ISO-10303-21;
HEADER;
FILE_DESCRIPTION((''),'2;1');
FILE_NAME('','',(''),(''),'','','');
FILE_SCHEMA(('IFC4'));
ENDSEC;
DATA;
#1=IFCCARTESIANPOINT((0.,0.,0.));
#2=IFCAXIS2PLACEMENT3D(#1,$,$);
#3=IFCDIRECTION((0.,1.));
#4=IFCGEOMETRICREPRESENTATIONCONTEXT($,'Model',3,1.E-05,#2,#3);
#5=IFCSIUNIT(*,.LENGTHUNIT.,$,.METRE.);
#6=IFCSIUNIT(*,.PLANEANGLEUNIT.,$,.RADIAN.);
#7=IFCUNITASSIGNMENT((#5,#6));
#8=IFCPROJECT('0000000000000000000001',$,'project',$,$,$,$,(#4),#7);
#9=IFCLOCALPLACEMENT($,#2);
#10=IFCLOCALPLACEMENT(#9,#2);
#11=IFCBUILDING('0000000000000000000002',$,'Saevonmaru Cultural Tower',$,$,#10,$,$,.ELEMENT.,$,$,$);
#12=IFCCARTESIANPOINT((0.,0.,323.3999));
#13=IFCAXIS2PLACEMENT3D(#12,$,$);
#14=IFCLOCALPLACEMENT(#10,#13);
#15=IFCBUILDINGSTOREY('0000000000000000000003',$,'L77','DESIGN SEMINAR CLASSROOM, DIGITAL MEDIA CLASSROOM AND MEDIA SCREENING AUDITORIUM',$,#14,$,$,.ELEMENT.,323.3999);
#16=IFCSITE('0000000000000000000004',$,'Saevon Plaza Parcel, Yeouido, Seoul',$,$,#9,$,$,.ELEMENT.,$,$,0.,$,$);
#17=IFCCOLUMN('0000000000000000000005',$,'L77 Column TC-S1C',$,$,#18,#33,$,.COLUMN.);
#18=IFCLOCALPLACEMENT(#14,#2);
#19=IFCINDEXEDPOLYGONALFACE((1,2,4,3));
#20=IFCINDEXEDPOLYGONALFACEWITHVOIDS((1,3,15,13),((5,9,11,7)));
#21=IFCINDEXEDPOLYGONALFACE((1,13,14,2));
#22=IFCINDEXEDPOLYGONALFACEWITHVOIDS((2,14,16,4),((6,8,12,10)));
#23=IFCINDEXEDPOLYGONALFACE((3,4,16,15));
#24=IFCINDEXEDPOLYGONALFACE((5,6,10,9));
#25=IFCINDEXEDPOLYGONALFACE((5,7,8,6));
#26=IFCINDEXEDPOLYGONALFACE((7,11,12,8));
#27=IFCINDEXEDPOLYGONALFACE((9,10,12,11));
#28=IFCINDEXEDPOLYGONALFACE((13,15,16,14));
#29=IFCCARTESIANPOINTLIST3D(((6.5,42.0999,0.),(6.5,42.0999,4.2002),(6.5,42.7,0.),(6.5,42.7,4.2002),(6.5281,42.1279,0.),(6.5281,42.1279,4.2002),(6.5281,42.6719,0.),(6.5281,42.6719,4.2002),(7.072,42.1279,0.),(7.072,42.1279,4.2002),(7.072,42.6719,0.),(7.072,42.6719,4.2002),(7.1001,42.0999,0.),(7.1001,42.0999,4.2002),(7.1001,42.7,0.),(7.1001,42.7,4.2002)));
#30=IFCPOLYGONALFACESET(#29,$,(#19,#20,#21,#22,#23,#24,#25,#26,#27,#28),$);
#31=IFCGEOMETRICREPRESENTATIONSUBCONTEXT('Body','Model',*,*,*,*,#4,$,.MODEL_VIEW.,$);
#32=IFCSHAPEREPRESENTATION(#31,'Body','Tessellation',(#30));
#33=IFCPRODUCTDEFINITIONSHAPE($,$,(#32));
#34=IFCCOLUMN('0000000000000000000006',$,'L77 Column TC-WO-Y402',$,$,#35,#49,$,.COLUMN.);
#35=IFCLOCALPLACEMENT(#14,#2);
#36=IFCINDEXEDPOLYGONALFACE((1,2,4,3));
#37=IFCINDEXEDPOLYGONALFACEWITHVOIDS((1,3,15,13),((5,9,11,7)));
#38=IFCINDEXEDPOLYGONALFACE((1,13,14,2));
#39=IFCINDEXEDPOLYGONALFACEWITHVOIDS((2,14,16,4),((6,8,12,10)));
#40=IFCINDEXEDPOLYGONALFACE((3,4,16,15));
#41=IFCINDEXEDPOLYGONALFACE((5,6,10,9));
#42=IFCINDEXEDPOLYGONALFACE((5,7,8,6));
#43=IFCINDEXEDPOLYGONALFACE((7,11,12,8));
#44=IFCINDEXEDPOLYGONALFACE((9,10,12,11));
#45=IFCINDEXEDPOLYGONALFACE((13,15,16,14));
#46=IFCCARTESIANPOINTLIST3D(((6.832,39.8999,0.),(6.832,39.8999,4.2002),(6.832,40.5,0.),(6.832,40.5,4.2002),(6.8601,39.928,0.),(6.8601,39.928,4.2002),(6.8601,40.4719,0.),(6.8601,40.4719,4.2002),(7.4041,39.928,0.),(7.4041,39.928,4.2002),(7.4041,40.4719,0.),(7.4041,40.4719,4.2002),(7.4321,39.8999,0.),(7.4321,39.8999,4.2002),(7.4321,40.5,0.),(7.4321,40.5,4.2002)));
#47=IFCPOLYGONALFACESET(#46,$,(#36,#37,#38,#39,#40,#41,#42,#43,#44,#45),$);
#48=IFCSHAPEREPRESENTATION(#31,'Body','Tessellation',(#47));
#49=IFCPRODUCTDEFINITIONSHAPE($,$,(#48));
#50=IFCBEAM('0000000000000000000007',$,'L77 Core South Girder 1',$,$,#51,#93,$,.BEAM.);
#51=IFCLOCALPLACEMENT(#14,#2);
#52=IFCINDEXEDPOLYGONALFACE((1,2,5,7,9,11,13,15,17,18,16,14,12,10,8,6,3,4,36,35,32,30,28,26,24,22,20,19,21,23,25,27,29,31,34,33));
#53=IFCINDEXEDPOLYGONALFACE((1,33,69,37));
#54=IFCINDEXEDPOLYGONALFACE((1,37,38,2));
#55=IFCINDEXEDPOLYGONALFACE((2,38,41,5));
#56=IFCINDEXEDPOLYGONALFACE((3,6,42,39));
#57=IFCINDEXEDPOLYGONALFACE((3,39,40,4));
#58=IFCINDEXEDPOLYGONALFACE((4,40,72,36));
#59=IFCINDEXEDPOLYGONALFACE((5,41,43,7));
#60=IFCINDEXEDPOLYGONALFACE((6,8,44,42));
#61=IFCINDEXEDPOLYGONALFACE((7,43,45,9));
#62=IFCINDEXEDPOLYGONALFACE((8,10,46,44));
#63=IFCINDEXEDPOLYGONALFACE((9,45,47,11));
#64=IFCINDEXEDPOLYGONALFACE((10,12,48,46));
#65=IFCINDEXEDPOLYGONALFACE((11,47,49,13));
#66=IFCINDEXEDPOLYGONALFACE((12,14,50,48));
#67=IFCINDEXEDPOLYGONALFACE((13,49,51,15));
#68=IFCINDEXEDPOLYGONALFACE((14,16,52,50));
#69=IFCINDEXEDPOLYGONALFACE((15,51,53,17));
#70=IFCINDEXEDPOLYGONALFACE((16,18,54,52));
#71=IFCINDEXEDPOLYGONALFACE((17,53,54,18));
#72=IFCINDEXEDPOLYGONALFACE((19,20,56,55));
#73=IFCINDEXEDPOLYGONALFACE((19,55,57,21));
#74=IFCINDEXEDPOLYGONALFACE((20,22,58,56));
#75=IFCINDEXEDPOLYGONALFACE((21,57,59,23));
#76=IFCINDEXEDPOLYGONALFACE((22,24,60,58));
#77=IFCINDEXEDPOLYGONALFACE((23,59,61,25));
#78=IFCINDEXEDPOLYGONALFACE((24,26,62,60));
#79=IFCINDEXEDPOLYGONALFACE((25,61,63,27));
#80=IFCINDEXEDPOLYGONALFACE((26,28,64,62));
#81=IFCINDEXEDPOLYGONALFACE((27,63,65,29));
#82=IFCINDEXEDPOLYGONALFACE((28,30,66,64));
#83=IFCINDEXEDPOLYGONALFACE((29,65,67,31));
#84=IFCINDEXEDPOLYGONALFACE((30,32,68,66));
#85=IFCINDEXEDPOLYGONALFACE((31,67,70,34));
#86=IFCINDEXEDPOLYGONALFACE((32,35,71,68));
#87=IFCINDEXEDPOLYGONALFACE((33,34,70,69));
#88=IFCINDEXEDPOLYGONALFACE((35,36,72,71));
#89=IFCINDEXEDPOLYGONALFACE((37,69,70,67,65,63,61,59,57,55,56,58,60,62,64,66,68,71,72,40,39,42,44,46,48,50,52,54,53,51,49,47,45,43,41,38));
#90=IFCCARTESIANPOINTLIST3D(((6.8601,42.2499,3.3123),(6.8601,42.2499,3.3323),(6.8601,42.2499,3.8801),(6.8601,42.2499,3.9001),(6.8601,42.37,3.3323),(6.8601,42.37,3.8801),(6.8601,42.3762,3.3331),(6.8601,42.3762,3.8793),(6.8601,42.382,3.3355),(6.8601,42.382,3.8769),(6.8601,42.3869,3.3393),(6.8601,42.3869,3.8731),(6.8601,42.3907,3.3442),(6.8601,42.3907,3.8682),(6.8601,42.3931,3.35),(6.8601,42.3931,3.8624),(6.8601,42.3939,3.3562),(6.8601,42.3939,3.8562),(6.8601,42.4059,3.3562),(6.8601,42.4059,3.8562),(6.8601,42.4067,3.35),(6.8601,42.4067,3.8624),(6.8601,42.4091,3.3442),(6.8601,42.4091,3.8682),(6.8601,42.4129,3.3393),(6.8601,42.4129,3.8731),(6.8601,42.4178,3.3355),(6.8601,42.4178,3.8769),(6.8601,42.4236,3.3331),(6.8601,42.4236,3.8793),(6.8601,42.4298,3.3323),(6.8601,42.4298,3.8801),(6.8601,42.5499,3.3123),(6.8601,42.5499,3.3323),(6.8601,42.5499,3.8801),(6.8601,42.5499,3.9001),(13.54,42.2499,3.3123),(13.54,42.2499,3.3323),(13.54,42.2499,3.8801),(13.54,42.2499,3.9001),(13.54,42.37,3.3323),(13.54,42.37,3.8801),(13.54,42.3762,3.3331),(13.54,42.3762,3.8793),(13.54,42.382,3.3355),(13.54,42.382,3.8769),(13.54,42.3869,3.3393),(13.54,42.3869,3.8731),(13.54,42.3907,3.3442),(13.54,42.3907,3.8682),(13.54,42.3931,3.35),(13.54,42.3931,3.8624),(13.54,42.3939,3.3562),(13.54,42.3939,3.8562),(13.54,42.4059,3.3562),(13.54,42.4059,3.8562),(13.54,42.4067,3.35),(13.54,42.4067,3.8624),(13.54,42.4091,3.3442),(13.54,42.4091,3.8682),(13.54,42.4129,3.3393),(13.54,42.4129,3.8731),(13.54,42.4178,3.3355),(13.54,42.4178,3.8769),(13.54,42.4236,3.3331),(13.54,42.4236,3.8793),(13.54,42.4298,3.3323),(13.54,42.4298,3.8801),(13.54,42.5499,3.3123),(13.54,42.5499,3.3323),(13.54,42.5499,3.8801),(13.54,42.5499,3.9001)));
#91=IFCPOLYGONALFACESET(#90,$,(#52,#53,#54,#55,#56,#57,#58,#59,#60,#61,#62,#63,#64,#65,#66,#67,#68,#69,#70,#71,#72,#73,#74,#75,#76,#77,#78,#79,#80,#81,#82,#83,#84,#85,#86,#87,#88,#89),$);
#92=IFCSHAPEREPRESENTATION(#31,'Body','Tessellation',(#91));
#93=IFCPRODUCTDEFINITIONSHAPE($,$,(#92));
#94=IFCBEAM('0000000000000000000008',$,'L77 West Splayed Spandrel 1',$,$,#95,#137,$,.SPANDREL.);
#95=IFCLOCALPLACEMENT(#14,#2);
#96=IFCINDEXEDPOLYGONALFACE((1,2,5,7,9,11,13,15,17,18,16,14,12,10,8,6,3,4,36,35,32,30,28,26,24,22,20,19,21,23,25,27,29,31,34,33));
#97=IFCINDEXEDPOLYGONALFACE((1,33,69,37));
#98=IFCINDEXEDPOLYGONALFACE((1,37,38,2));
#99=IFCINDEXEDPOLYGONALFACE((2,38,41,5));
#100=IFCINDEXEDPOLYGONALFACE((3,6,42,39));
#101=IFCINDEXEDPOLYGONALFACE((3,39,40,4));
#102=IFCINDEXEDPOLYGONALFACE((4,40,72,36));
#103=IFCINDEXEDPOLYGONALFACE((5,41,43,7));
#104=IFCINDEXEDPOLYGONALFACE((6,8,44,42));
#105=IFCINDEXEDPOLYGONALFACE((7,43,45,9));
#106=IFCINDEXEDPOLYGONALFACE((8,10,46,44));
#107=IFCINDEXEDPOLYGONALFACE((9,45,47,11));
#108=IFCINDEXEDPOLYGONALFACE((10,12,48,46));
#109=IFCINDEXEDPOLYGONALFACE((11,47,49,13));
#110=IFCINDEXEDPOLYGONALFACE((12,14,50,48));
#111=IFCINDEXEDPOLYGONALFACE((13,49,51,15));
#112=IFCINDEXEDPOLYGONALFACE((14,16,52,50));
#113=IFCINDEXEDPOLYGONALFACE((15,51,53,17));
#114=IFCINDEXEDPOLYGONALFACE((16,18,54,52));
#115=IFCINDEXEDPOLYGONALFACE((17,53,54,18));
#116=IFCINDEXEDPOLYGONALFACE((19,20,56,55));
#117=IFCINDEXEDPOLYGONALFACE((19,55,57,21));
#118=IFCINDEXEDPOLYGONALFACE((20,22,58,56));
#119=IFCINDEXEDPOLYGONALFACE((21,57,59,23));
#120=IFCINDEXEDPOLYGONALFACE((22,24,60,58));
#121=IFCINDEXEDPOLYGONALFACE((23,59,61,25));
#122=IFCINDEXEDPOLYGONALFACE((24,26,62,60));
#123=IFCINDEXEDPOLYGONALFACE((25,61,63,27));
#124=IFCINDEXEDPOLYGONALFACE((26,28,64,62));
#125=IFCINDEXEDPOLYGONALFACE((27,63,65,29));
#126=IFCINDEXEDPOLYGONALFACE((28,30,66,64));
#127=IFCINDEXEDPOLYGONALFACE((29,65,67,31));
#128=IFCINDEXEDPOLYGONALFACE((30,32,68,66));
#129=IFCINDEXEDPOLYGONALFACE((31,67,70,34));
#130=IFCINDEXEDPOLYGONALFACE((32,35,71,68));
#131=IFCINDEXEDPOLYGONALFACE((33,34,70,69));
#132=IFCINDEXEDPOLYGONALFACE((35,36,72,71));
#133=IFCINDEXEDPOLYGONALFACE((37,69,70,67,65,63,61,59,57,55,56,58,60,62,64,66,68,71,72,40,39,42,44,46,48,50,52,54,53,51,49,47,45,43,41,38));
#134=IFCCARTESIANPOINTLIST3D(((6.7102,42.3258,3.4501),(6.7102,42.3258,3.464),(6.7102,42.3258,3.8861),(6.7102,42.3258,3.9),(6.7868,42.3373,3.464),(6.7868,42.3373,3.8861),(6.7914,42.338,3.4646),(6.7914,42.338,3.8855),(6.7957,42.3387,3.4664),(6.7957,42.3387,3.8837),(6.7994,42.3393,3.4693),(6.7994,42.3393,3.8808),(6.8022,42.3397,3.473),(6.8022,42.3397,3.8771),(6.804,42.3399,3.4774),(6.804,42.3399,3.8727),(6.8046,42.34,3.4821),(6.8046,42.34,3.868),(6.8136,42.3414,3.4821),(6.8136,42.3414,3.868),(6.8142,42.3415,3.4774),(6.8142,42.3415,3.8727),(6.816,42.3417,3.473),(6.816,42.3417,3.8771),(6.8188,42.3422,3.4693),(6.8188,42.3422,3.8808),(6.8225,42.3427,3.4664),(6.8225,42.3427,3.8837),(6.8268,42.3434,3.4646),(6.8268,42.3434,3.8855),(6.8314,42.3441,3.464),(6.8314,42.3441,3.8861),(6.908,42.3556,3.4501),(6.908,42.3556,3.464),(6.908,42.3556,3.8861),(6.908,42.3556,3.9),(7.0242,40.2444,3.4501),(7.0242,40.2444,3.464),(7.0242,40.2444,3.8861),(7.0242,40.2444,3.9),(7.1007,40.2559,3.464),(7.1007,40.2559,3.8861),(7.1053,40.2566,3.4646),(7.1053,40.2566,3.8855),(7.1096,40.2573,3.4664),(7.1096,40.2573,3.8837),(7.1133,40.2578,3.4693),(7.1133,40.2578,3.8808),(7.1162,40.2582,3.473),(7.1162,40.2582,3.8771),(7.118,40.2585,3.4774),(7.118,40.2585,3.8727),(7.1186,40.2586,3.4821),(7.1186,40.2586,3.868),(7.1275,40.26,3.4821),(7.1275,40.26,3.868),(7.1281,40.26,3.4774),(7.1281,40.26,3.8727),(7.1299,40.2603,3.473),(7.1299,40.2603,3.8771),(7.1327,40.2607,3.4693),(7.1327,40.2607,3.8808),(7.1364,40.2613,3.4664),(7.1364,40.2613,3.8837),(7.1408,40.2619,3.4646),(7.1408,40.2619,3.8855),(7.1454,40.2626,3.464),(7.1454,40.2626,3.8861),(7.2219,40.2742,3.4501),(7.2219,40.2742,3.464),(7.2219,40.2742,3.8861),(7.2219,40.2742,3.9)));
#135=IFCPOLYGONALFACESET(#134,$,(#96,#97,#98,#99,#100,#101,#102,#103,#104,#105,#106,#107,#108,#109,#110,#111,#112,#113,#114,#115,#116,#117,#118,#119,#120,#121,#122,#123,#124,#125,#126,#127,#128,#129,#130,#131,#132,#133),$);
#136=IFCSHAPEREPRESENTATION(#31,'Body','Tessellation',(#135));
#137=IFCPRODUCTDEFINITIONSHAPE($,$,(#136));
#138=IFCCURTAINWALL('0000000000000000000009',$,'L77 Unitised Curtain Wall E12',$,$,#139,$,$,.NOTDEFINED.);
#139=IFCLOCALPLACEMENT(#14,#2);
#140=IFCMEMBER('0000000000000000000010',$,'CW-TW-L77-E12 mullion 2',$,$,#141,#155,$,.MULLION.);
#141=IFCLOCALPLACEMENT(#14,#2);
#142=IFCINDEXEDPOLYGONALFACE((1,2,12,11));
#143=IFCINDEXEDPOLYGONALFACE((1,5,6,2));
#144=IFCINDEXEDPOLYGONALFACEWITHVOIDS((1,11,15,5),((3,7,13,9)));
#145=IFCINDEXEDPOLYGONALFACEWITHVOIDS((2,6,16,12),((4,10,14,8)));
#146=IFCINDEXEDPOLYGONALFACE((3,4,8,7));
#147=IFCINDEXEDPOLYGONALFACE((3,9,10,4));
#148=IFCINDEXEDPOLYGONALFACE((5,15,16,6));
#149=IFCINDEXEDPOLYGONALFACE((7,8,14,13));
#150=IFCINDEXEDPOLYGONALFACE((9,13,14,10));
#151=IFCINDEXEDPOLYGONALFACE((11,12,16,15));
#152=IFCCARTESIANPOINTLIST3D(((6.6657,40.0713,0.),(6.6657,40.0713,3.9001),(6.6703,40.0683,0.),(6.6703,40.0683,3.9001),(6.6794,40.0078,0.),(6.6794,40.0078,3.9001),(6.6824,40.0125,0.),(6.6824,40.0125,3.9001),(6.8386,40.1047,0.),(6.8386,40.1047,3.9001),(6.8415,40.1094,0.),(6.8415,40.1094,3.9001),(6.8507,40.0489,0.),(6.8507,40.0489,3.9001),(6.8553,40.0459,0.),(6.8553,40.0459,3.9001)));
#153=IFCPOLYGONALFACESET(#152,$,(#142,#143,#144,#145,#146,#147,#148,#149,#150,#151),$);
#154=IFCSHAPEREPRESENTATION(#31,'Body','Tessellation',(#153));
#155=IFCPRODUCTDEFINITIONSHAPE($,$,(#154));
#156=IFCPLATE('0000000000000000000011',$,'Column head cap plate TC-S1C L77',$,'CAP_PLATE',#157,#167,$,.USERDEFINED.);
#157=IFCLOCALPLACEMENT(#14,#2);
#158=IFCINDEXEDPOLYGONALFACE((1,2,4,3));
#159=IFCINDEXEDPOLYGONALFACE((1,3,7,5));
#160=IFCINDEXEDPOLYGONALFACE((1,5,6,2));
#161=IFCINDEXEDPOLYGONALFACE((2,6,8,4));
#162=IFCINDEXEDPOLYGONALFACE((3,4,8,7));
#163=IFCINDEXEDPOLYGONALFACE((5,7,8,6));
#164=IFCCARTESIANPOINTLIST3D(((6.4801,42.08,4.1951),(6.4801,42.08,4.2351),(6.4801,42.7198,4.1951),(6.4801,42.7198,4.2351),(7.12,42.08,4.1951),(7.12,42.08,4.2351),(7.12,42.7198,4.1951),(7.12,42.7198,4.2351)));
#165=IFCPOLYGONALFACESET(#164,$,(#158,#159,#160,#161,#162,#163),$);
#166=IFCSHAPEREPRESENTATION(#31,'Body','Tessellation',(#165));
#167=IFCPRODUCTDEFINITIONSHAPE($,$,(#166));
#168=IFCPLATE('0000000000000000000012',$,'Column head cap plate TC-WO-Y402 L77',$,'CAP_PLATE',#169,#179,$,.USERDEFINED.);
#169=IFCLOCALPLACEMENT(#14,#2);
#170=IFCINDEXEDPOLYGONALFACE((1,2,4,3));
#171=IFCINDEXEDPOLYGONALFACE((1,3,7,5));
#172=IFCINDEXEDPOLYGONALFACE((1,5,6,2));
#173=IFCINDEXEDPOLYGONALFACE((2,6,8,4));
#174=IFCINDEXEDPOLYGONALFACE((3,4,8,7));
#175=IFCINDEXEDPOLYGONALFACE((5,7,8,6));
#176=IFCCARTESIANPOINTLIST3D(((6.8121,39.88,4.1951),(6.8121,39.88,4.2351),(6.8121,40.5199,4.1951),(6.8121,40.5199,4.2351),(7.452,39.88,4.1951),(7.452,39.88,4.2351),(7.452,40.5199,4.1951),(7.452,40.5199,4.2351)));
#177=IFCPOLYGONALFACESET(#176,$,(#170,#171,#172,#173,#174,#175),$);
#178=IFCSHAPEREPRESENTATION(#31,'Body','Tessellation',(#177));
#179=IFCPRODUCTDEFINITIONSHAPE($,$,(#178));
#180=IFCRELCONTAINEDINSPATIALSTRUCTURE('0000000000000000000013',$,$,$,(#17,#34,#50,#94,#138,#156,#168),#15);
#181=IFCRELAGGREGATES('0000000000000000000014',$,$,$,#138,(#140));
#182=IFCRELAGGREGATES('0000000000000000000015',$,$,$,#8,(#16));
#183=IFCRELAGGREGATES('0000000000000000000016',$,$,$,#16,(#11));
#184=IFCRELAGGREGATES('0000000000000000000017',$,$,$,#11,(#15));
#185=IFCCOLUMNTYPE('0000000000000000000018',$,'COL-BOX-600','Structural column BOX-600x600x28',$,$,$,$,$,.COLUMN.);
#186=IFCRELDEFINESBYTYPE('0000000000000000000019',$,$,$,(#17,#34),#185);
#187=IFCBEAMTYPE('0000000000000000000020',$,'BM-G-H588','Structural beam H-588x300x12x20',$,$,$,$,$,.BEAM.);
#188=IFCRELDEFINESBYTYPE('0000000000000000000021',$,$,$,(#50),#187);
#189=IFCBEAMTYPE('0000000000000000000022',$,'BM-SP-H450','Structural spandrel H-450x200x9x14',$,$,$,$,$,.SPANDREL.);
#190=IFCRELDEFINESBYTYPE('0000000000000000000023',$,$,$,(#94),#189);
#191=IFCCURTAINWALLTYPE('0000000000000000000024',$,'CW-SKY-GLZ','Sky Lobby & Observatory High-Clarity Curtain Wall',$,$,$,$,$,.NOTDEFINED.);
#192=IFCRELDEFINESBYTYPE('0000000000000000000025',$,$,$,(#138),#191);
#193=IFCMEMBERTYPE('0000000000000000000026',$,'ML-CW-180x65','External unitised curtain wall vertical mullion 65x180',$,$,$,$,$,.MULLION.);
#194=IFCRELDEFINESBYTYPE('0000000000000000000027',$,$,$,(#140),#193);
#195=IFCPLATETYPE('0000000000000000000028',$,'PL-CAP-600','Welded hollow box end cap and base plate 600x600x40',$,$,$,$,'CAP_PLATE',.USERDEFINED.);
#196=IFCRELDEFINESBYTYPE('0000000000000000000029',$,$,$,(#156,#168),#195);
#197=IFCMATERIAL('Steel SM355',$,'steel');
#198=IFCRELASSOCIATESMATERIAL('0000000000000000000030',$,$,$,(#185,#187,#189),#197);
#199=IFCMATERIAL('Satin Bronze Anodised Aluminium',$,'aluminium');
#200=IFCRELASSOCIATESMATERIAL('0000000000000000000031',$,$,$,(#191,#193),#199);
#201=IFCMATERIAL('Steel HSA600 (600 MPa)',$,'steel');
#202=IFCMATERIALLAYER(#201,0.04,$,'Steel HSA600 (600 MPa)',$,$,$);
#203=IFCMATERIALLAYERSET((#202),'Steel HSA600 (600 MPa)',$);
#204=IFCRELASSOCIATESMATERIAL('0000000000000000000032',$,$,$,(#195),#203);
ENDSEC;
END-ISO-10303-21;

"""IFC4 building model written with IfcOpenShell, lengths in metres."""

from ifc_helpers import new_model, si_unit, direction, frame, origin, origin_2d, place, context, subcontext, project, spatial, rectangle, hollow_rectangle, i_section, extrude, material, layer, layer_set, material_profile, profile_set, type_object, element, aggregate, save


model = new_model("IFC4")

# Units and contexts
model_context = context("Model", 3, precision=1e-05, world=origin(), true_north=direction((0.0, 1.0)))
body_context = subcontext(model_context, "Body", "Model", "MODEL_VIEW")
ifc_project = project(units=[si_unit("LENGTHUNIT", "METRE"), si_unit("PLANEANGLEUNIT", "RADIAN")], contexts=[model_context])

# Site, building, storey
site_placement = place(None, origin())
site = spatial("IfcSite", under=ifc_project, at=site_placement, Name="Saevon Plaza Parcel, Yeouido, Seoul", CompositionType="ELEMENT", RefElevation=0.0)
building_placement = place(site_placement, origin())
building = spatial("IfcBuilding", under=site, at=building_placement, Name="Saevonmaru Cultural Tower", CompositionType="ELEMENT")
storey_placement = place(building_placement, frame((0.0, 0.0, 323.3999)))
storey = spatial("IfcBuildingStorey", under=building, at=storey_placement, Name="L77", Description="DESIGN SEMINAR CLASSROOM, DIGITAL MEDIA CLASSROOM AND MEDIA SCREENING AUDITORIUM", CompositionType="ELEMENT", Elevation=323.3999)

# Columns
ifc_material_1 = material(Name="Steel SM355", Category="steel")
ifc_material_profile_1 = material_profile(ifc_material_1, hollow_rectangle(XDim=0.6001, YDim=0.6001, WallThickness=0.0281, at=origin_2d()), Name="BOX-600x600x28")
ifc_profile_set_1 = profile_set([ifc_material_profile_1], Name="Steel SM355")
column_type = type_object("IfcColumnType", Name="COL-BOX-600", Description="Structural column BOX-600x600x28", PredefinedType="COLUMN", material=ifc_profile_set_1)
for number, where, z_axis, x_axis, name in (
    (1, (6.8, 42.3999, 0.0), (0.0, 0.0, 1.0), (1.0, 0.0, 0.0), "L77 Column TC-S1C"),
    (2, (7.1321, 40.2, 0.0), (0.0, 0.0, 1.0), (1.0, 0.0, 0.0), "L77 Column TC-WO-Y402"),
):
    element("IfcColumn", number, at=place(storey_placement, frame(where, z_axis=z_axis, x_axis=x_axis)), inside=storey, type_object=column_type, Name=name, PredefinedType="COLUMN", context=body_context, shape_type="SweptSolid", body=[
        extrude(hollow_rectangle(XDim=0.6001, YDim=0.6001, WallThickness=0.0281, at=origin_2d()), origin(), (0.0, 0.0, 1.0), 4.2002),
    ])

# Beams
ifc_material_profile_2 = material_profile(ifc_material_1, i_section(OverallWidth=0.3, OverallDepth=0.5879, WebThickness=0.012, FlangeThickness=0.02, FilletRadius=0.0239, at=origin_2d()), Name="H-588x300x12x20")
ifc_profile_set_2 = profile_set([ifc_material_profile_2], Name="Steel SM355")
beam_type_1 = type_object("IfcBeamType", Name="BM-G-H588", Description="Structural beam H-588x300x12x20", PredefinedType="BEAM", material=ifc_profile_set_2)
beam_1_placement = place(storey_placement, frame((6.8601, 42.3999, 3.6062), z_axis=(1.0, 0.0, 0.0), x_axis=(0.0, 1.0, 0.0)))
element("IfcBeam", 3, at=beam_1_placement, inside=storey, type_object=beam_type_1, Name="L77 Core South Girder 1", PredefinedType="BEAM", context=body_context, shape_type="SweptSolid", body=[
    extrude(i_section(OverallWidth=0.3, OverallDepth=0.5879, WebThickness=0.012, FlangeThickness=0.02, FilletRadius=0.0239, at=origin_2d()), origin(), (0.0, 0.0, 1.0), 6.6799),
])
ifc_material_profile_3 = material_profile(ifc_material_1, i_section(OverallWidth=0.2, OverallDepth=0.45, WebThickness=0.009, FlangeThickness=0.0139, FilletRadius=0.0181, at=origin_2d()), Name="H-450x200x9x14")
ifc_profile_set_3 = profile_set([ifc_material_profile_3], Name="Steel SM355")
beam_type_2 = type_object("IfcBeamType", Name="BM-SP-H450", Description="Structural spandrel H-450x200x9x14", PredefinedType="SPANDREL", material=ifc_profile_set_3)
beam_2_placement = place(storey_placement, frame((7.123, 40.2593, 3.675), z_axis=(-0.149146, 0.988815, 0.0), x_axis=(-0.988815, -0.149146, 0.0)))
element("IfcBeam", 4, at=beam_2_placement, inside=storey, type_object=beam_type_2, Name="L77 West Splayed Spandrel 1", PredefinedType="SPANDREL", context=body_context, shape_type="SweptSolid", body=[
    extrude(i_section(OverallWidth=0.2, OverallDepth=0.45, WebThickness=0.009, FlangeThickness=0.0139, FilletRadius=0.0181, at=origin_2d()), origin(), (0.0, 0.0, 1.0), 2.105),
])

# Curtain wall, member
ifc_material_2 = material(Name="Satin Bronze Anodised Aluminium", Category="aluminium")
curtain_wall_type = type_object("IfcCurtainWallType", Name="CW-SKY-GLZ", Description="Sky Lobby & Observatory High-Clarity Curtain Wall", PredefinedType="NOTDEFINED", material=ifc_material_2)
curtain_wall_placement = place(storey_placement, origin())
curtain_wall = element("IfcCurtainWall", 5, at=curtain_wall_placement, inside=storey, type_object=curtain_wall_type, Name="L77 Unitised Curtain Wall E12", PredefinedType="NOTDEFINED")
ifc_material_profile_4 = material_profile(ifc_material_2, hollow_rectangle(XDim=0.0649, YDim=0.1799, WallThickness=0.0039, at=origin_2d()), Name="ALU-MULL-180x65x4")
ifc_profile_set_4 = profile_set([ifc_material_profile_4], Name="Satin Bronze Anodised Aluminium")
member_type = type_object("IfcMemberType", Name="ML-CW-180x65", Description="External unitised curtain wall vertical mullion 65x180", PredefinedType="MULLION", material=ifc_profile_set_4)
member_placement = place(storey_placement, frame((6.7605, 40.0586, 0.0), z_axis=(0.0, 0.0, 1.0), x_axis=(0.21175, -0.977324, 0.0)))
member = element("IfcMember", 6, at=member_placement, type_object=member_type, Name="CW-TW-L77-E12 mullion 2", PredefinedType="MULLION", context=body_context, shape_type="SweptSolid", body=[
    extrude(hollow_rectangle(XDim=0.0649, YDim=0.1799, WallThickness=0.0039, at=origin_2d()), origin(), (0.0, 0.0, 1.0), 3.9001),
])
aggregate(curtain_wall, [member])

# Plates
ifc_material_3 = material(Name="Steel HSA600 (600 MPa)", Category="steel")
ifc_layer_1 = layer(ifc_material_3, 0.04, Name="Steel HSA600 (600 MPa)")
ifc_layer_set_1 = layer_set([ifc_layer_1], Name="Steel HSA600 (600 MPa)")
plate_type = type_object("IfcPlateType", Name="PL-CAP-600", Description="Welded hollow box end cap and base plate 600x600x40", ElementType="CAP_PLATE", PredefinedType="USERDEFINED", material=ifc_layer_set_1)
for number, where, z_axis, x_axis, name in (
    (7, (6.8, 42.3999, 4.1951), (0.0, 0.0, 1.0), (1.0, 0.0, 0.0), "Column head cap plate TC-S1C L77"),
    (8, (7.1321, 40.2, 4.1951), (0.0, 0.0, 1.0), (1.0, 0.0, 0.0), "Column head cap plate TC-WO-Y402 L77"),
):
    element("IfcPlate", number, at=place(storey_placement, frame(where, z_axis=z_axis, x_axis=x_axis)), inside=storey, type_object=plate_type, Name=name, ObjectType="CAP_PLATE", PredefinedType="USERDEFINED", context=body_context, shape_type="SweptSolid", body=[
        extrude(rectangle(XDim=0.6399, YDim=0.6399, at=origin_2d()), origin(), (0.0, 0.0, 1.0), 0.04),
    ])

save(model, "model.ifc")
